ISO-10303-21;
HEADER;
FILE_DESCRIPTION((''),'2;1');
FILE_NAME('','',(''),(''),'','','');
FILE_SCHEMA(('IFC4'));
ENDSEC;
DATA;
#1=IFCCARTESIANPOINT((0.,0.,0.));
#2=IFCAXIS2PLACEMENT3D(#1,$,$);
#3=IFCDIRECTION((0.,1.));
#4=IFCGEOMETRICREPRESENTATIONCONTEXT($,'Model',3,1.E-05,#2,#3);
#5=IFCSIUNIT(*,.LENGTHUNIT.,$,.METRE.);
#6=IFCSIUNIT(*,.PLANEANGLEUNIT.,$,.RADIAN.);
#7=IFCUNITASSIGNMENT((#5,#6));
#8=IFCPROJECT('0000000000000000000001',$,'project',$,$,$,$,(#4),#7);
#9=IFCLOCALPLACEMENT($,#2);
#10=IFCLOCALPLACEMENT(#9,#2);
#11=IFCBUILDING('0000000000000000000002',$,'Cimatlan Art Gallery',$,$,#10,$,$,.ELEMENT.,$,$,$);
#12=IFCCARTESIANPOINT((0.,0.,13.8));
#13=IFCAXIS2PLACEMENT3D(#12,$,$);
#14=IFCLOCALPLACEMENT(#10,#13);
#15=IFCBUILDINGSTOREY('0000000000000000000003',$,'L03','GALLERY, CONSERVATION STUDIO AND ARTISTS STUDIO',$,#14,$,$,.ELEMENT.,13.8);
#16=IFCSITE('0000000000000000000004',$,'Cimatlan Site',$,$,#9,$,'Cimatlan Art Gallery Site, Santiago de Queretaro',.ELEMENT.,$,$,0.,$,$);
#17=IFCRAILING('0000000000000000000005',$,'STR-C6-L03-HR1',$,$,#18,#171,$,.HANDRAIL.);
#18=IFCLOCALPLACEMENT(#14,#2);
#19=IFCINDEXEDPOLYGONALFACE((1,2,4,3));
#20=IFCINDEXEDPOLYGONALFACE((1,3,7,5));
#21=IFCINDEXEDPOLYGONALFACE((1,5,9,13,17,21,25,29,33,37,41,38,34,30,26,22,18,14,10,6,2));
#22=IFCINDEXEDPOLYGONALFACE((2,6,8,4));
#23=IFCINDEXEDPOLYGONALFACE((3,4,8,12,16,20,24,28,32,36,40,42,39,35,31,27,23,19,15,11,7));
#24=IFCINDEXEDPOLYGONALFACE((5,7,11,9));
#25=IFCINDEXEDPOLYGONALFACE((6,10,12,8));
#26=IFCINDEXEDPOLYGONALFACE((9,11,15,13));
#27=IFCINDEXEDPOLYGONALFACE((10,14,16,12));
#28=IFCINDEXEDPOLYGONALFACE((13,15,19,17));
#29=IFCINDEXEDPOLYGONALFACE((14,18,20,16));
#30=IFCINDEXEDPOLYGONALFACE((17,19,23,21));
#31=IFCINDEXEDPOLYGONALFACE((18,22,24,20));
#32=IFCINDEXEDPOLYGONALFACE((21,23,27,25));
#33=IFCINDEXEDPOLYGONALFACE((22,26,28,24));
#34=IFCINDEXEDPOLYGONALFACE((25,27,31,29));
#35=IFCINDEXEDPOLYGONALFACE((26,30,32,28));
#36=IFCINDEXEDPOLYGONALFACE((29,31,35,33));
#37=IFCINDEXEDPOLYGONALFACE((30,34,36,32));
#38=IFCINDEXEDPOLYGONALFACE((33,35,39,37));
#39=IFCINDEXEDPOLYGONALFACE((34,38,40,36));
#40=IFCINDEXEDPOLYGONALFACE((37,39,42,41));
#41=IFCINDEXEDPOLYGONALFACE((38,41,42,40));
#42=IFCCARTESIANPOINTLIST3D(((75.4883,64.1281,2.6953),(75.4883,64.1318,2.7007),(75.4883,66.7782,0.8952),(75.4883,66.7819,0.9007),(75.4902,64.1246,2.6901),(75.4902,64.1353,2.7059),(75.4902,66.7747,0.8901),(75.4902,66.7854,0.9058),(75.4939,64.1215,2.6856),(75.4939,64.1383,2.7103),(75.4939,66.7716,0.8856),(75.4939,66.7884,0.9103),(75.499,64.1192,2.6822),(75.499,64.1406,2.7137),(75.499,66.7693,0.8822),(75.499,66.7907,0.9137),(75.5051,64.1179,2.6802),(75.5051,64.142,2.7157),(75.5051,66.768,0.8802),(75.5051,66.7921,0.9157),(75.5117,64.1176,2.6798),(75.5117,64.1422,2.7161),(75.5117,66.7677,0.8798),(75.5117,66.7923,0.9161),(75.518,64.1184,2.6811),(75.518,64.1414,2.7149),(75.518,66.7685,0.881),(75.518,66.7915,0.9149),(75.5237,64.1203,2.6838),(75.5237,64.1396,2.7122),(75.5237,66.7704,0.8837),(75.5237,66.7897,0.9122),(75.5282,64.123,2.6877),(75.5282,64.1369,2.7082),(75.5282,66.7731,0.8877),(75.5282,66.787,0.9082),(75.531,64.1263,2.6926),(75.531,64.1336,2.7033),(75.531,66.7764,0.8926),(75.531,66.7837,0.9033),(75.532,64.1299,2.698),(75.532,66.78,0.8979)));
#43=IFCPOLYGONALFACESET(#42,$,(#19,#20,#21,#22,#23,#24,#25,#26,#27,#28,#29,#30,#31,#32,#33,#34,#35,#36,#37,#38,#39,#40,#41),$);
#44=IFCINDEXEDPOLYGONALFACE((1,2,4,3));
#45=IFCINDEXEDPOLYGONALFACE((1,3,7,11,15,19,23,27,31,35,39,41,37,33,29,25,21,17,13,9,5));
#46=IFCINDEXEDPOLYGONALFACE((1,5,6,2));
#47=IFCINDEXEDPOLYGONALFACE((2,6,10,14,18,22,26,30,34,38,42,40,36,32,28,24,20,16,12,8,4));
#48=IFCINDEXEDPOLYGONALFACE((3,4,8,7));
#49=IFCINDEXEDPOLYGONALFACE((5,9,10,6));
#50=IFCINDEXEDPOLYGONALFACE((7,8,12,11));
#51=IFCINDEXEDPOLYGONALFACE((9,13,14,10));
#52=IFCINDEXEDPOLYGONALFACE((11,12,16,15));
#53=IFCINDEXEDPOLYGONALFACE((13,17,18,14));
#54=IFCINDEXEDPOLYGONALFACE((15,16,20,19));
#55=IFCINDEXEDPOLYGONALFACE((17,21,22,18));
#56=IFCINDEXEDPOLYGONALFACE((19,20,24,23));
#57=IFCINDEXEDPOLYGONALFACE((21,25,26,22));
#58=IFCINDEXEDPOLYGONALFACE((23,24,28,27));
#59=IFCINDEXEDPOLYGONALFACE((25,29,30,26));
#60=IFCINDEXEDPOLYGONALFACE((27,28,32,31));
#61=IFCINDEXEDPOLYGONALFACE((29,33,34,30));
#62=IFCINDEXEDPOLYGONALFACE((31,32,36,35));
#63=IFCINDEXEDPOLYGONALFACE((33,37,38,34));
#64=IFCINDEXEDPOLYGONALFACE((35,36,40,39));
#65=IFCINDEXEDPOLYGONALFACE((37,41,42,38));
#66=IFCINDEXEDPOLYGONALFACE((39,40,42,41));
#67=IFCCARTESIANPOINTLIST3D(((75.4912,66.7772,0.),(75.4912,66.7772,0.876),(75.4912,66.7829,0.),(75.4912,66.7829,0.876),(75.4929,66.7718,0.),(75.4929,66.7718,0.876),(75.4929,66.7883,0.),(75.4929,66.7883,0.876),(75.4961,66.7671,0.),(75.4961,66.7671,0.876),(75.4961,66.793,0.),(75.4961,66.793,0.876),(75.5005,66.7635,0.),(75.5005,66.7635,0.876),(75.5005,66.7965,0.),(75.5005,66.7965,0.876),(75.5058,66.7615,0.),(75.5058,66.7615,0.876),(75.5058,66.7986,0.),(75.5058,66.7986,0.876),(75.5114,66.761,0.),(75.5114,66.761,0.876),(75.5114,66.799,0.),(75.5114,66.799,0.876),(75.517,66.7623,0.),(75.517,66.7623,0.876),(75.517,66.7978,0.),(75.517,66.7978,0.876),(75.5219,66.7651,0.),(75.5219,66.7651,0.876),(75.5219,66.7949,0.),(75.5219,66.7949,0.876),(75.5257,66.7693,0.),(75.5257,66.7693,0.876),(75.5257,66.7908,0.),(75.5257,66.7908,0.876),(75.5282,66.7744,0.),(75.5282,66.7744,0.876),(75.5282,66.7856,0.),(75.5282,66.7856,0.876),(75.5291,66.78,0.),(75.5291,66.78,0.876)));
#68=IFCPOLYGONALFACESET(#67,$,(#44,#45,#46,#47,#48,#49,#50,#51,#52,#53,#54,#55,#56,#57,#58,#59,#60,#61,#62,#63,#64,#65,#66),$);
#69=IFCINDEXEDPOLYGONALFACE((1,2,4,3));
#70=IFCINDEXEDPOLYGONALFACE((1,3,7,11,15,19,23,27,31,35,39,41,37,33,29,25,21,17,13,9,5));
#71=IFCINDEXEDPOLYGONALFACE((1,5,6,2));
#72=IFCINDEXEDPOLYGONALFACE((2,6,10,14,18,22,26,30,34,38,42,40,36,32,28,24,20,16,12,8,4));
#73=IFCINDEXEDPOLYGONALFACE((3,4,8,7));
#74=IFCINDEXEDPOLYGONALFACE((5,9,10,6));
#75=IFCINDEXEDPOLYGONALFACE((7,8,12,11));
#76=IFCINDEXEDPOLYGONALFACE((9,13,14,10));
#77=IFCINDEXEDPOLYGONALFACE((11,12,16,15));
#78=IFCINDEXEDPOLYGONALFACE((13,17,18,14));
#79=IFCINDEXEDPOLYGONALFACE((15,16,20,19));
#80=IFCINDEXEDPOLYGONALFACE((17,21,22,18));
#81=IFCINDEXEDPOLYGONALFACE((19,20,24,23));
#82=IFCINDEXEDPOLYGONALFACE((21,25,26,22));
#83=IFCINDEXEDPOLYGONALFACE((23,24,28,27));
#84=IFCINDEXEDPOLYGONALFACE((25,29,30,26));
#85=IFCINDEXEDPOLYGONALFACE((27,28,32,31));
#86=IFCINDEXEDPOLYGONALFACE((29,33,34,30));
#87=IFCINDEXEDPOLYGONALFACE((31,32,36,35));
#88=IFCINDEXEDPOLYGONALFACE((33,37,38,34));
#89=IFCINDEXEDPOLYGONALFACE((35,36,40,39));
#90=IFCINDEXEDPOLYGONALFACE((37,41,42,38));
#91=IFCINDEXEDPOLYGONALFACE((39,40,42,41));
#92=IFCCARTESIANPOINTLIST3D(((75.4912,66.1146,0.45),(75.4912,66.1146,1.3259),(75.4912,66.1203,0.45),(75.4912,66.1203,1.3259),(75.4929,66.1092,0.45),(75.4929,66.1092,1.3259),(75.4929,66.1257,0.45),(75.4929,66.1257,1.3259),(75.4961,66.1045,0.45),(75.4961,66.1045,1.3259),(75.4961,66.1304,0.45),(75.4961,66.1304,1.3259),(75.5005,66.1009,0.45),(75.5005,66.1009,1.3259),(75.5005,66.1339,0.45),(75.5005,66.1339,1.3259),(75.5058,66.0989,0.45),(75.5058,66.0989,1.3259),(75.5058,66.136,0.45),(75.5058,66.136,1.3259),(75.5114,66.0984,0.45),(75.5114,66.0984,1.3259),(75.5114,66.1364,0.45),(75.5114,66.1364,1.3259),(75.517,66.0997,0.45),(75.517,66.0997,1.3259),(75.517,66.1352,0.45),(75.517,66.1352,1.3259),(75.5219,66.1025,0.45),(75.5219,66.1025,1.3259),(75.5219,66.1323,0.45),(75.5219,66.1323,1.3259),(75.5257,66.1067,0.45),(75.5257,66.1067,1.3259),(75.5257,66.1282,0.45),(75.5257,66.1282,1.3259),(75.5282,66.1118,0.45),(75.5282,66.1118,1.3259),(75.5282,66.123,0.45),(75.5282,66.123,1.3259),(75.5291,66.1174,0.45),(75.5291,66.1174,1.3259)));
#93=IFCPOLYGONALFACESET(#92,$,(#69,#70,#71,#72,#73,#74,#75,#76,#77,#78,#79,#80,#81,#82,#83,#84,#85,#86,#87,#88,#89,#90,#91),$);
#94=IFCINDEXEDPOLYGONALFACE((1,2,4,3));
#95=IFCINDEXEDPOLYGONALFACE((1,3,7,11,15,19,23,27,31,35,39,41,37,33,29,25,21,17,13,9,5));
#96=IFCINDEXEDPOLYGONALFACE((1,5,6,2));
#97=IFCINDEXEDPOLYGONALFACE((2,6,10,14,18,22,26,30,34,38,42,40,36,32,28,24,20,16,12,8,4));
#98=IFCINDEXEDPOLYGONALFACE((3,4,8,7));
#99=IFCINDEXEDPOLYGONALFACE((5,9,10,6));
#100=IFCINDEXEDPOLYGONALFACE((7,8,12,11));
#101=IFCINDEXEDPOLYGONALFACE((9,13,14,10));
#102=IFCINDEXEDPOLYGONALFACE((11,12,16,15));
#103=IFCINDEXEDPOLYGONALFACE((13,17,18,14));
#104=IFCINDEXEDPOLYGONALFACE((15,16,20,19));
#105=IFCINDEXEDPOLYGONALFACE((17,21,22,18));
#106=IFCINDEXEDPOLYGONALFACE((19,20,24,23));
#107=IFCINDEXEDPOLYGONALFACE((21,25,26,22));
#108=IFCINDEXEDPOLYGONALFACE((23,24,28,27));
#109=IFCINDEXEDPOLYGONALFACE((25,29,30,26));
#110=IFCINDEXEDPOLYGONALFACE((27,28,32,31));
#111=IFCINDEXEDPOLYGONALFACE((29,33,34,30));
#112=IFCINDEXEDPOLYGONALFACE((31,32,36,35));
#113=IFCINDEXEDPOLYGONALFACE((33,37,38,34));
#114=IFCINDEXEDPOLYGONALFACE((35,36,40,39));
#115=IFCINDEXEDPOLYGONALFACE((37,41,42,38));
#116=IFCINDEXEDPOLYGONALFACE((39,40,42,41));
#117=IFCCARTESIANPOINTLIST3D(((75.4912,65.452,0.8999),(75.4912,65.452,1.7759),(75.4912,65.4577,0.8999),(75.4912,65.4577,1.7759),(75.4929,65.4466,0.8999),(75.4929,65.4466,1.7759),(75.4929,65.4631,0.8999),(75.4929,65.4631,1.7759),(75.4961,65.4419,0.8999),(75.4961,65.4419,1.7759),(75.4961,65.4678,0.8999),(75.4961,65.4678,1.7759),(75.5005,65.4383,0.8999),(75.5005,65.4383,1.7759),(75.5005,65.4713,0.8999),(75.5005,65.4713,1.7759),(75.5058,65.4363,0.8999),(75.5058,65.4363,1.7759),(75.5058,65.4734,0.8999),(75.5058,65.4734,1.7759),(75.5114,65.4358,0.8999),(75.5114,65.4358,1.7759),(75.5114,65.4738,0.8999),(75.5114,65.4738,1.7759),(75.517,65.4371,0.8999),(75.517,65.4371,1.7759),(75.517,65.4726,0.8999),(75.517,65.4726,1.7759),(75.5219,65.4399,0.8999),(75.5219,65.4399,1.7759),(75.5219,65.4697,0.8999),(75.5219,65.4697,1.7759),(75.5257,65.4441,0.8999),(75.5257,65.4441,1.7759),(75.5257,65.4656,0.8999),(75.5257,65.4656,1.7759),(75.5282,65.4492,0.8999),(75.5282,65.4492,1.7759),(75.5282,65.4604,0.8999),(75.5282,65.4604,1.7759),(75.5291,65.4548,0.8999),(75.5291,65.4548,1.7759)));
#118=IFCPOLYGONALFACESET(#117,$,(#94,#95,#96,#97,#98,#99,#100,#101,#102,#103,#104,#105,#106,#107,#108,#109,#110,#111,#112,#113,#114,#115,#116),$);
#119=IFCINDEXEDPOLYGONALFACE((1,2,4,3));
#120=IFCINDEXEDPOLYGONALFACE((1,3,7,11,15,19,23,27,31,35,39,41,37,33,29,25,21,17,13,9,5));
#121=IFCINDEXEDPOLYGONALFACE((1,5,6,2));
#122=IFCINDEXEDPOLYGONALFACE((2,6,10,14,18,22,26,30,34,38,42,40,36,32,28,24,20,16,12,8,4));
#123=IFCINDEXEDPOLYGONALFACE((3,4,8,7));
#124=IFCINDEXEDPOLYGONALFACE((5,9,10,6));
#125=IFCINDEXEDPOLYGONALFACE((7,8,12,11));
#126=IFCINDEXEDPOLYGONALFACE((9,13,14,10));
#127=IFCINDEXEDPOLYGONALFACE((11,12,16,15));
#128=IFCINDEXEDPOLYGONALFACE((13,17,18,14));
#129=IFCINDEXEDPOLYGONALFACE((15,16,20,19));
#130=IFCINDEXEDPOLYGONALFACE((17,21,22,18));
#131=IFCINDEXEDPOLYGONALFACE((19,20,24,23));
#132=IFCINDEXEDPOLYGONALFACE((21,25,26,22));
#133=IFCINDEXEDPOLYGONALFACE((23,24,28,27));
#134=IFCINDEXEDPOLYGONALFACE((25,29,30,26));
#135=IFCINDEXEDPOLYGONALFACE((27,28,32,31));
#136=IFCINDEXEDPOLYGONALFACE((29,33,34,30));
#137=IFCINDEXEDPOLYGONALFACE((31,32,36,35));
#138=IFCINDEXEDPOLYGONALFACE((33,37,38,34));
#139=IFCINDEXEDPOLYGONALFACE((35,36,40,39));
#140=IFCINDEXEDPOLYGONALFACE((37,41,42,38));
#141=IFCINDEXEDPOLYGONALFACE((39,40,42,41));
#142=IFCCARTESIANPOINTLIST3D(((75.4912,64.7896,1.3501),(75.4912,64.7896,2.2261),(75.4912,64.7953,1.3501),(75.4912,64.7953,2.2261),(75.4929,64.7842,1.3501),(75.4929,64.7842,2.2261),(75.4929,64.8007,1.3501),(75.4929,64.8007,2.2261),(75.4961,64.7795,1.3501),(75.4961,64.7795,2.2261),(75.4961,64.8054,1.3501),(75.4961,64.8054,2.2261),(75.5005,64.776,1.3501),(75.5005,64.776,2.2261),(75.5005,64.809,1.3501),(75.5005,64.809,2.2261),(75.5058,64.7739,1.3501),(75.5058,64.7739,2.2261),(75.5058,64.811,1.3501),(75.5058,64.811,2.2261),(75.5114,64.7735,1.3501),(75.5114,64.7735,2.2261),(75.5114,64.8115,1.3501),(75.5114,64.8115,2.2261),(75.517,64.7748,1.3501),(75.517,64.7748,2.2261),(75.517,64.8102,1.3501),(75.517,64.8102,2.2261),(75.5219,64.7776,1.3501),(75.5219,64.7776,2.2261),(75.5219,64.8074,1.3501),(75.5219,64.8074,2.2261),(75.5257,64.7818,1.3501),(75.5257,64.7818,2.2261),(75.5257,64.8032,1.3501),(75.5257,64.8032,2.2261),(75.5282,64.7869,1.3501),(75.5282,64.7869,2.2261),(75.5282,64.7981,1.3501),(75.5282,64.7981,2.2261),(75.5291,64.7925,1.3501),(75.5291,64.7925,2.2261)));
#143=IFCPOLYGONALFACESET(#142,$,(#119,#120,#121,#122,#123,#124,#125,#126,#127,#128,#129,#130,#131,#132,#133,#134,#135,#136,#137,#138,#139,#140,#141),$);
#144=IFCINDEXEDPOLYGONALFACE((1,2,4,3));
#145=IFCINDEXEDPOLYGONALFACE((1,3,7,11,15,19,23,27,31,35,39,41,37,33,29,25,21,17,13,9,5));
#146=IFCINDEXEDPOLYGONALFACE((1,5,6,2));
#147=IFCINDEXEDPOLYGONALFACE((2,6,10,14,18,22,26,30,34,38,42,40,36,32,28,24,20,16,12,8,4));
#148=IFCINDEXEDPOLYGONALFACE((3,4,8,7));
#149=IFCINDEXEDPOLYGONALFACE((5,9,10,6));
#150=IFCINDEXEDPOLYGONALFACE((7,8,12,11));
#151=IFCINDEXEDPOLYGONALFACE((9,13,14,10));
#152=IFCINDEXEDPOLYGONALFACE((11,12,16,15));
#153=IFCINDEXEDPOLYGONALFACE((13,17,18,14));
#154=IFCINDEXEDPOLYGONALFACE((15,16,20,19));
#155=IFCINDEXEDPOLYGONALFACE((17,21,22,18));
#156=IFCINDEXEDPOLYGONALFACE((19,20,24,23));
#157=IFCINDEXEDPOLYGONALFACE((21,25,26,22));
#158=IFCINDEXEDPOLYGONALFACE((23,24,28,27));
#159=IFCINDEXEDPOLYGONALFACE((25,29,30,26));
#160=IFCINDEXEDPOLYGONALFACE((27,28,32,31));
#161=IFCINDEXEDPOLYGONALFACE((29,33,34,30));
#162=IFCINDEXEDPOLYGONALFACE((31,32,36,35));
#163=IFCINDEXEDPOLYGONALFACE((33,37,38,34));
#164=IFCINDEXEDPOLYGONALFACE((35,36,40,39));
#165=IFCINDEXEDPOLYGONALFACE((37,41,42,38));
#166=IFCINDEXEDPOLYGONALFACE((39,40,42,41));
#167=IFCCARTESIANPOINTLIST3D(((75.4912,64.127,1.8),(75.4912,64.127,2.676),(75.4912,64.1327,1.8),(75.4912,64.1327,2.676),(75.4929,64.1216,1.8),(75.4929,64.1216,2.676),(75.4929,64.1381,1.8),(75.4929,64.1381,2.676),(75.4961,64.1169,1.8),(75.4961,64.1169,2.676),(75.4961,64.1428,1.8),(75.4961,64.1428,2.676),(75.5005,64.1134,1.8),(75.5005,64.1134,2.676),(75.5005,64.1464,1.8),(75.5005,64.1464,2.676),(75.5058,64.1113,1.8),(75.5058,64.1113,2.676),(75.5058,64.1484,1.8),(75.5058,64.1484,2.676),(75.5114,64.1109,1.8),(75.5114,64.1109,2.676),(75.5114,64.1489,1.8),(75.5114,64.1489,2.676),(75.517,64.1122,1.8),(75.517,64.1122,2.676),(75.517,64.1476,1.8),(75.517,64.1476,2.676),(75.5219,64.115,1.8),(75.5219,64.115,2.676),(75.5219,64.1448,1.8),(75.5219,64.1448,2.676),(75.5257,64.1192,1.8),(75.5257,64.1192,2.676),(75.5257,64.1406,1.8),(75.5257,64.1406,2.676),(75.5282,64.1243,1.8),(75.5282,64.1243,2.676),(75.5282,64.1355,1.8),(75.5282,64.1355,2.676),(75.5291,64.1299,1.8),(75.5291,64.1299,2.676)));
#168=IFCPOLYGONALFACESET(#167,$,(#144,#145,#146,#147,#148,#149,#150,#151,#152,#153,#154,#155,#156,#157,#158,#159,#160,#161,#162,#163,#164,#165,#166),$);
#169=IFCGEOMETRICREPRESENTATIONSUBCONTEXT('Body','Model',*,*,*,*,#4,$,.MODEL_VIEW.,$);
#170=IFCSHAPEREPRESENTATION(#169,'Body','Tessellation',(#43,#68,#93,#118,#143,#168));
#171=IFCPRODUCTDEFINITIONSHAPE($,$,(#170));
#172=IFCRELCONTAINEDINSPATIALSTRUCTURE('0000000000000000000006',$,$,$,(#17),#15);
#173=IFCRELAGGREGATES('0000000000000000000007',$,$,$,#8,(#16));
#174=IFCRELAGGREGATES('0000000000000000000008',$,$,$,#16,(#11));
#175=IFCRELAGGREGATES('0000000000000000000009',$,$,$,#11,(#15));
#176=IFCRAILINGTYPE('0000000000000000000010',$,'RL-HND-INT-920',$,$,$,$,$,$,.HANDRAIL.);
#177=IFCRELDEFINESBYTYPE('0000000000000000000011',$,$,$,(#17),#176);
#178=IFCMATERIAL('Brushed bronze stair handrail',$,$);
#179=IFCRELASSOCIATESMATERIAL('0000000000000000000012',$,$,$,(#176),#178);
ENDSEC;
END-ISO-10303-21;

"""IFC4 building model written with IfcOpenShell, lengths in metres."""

from ifc_helpers import new_model, si_unit, direction, frame, origin, origin_2d, place, context, subcontext, project, spatial, circle, extrude, material, type_object, element, save


model = new_model("IFC4")

# Units and contexts
model_context = context("Model", 3, precision=1e-05, world=origin(), true_north=direction((0.0, 1.0)))
body_context = subcontext(model_context, "Body", "Model", "MODEL_VIEW")
ifc_project = project(units=[si_unit("LENGTHUNIT", "METRE"), si_unit("PLANEANGLEUNIT", "RADIAN")], contexts=[model_context])

# Site, building, storey
site_placement = place(None, origin())
site = spatial("IfcSite", under=ifc_project, at=site_placement, Name="Cimatlan Site", LongName="Cimatlan Art Gallery Site, Santiago de Queretaro", CompositionType="ELEMENT", RefElevation=0.0)
building_placement = place(site_placement, origin())
building = spatial("IfcBuilding", under=site, at=building_placement, Name="Cimatlan Art Gallery", CompositionType="ELEMENT")
storey_placement = place(building_placement, frame((0.0, 0.0, 13.8)))
storey = spatial("IfcBuildingStorey", under=building, at=storey_placement, Name="L03", Description="GALLERY, CONSERVATION STUDIO AND ARTISTS STUDIO", CompositionType="ELEMENT", Elevation=13.8)

# Railing
ifc_material_1 = material(Name="Brushed bronze stair handrail")
railing_type_1 = type_object("IfcRailingType", Name="RL-HND-INT-920", PredefinedType="HANDRAIL", material=ifc_material_1)
railing_1_placement = place(storey_placement, frame((75.51, 66.78, 0.0)))
element("IfcRailing", 1, at=railing_1_placement, inside=storey, type_object=railing_type_1, Name="STR-C6-L03-HR1", PredefinedType="HANDRAIL", context=body_context, shape_type="SweptSolid", body=[
    extrude(circle(Radius=0.022, at=origin_2d()), frame((0.0, 0.0, 0.8979), z_axis=(0.0, -0.827224, 0.561872), x_axis=(1.0, 0.0, 0.0)), (0.0, 0.0, 1.0), 3.2036),
    extrude(circle(Radius=0.019, at=origin_2d()), origin(), (0.0, 0.0, 1.0), 0.876),
    extrude(circle(Radius=0.019, at=origin_2d()), frame((0.0, -0.6626, 0.45)), (0.0, 0.0, 1.0), 0.876),
    extrude(circle(Radius=0.019, at=origin_2d()), frame((0.0, -1.3252, 0.8999)), (0.0, 0.0, 1.0), 0.876),
    extrude(circle(Radius=0.019, at=origin_2d()), frame((0.0, -1.9875, 1.3501)), (0.0, 0.0, 1.0), 0.876),
    extrude(circle(Radius=0.019, at=origin_2d()), frame((0.0, -2.6501, 1.8)), (0.0, 0.0, 1.0), 0.876),
])

save(model, "model.ifc")
